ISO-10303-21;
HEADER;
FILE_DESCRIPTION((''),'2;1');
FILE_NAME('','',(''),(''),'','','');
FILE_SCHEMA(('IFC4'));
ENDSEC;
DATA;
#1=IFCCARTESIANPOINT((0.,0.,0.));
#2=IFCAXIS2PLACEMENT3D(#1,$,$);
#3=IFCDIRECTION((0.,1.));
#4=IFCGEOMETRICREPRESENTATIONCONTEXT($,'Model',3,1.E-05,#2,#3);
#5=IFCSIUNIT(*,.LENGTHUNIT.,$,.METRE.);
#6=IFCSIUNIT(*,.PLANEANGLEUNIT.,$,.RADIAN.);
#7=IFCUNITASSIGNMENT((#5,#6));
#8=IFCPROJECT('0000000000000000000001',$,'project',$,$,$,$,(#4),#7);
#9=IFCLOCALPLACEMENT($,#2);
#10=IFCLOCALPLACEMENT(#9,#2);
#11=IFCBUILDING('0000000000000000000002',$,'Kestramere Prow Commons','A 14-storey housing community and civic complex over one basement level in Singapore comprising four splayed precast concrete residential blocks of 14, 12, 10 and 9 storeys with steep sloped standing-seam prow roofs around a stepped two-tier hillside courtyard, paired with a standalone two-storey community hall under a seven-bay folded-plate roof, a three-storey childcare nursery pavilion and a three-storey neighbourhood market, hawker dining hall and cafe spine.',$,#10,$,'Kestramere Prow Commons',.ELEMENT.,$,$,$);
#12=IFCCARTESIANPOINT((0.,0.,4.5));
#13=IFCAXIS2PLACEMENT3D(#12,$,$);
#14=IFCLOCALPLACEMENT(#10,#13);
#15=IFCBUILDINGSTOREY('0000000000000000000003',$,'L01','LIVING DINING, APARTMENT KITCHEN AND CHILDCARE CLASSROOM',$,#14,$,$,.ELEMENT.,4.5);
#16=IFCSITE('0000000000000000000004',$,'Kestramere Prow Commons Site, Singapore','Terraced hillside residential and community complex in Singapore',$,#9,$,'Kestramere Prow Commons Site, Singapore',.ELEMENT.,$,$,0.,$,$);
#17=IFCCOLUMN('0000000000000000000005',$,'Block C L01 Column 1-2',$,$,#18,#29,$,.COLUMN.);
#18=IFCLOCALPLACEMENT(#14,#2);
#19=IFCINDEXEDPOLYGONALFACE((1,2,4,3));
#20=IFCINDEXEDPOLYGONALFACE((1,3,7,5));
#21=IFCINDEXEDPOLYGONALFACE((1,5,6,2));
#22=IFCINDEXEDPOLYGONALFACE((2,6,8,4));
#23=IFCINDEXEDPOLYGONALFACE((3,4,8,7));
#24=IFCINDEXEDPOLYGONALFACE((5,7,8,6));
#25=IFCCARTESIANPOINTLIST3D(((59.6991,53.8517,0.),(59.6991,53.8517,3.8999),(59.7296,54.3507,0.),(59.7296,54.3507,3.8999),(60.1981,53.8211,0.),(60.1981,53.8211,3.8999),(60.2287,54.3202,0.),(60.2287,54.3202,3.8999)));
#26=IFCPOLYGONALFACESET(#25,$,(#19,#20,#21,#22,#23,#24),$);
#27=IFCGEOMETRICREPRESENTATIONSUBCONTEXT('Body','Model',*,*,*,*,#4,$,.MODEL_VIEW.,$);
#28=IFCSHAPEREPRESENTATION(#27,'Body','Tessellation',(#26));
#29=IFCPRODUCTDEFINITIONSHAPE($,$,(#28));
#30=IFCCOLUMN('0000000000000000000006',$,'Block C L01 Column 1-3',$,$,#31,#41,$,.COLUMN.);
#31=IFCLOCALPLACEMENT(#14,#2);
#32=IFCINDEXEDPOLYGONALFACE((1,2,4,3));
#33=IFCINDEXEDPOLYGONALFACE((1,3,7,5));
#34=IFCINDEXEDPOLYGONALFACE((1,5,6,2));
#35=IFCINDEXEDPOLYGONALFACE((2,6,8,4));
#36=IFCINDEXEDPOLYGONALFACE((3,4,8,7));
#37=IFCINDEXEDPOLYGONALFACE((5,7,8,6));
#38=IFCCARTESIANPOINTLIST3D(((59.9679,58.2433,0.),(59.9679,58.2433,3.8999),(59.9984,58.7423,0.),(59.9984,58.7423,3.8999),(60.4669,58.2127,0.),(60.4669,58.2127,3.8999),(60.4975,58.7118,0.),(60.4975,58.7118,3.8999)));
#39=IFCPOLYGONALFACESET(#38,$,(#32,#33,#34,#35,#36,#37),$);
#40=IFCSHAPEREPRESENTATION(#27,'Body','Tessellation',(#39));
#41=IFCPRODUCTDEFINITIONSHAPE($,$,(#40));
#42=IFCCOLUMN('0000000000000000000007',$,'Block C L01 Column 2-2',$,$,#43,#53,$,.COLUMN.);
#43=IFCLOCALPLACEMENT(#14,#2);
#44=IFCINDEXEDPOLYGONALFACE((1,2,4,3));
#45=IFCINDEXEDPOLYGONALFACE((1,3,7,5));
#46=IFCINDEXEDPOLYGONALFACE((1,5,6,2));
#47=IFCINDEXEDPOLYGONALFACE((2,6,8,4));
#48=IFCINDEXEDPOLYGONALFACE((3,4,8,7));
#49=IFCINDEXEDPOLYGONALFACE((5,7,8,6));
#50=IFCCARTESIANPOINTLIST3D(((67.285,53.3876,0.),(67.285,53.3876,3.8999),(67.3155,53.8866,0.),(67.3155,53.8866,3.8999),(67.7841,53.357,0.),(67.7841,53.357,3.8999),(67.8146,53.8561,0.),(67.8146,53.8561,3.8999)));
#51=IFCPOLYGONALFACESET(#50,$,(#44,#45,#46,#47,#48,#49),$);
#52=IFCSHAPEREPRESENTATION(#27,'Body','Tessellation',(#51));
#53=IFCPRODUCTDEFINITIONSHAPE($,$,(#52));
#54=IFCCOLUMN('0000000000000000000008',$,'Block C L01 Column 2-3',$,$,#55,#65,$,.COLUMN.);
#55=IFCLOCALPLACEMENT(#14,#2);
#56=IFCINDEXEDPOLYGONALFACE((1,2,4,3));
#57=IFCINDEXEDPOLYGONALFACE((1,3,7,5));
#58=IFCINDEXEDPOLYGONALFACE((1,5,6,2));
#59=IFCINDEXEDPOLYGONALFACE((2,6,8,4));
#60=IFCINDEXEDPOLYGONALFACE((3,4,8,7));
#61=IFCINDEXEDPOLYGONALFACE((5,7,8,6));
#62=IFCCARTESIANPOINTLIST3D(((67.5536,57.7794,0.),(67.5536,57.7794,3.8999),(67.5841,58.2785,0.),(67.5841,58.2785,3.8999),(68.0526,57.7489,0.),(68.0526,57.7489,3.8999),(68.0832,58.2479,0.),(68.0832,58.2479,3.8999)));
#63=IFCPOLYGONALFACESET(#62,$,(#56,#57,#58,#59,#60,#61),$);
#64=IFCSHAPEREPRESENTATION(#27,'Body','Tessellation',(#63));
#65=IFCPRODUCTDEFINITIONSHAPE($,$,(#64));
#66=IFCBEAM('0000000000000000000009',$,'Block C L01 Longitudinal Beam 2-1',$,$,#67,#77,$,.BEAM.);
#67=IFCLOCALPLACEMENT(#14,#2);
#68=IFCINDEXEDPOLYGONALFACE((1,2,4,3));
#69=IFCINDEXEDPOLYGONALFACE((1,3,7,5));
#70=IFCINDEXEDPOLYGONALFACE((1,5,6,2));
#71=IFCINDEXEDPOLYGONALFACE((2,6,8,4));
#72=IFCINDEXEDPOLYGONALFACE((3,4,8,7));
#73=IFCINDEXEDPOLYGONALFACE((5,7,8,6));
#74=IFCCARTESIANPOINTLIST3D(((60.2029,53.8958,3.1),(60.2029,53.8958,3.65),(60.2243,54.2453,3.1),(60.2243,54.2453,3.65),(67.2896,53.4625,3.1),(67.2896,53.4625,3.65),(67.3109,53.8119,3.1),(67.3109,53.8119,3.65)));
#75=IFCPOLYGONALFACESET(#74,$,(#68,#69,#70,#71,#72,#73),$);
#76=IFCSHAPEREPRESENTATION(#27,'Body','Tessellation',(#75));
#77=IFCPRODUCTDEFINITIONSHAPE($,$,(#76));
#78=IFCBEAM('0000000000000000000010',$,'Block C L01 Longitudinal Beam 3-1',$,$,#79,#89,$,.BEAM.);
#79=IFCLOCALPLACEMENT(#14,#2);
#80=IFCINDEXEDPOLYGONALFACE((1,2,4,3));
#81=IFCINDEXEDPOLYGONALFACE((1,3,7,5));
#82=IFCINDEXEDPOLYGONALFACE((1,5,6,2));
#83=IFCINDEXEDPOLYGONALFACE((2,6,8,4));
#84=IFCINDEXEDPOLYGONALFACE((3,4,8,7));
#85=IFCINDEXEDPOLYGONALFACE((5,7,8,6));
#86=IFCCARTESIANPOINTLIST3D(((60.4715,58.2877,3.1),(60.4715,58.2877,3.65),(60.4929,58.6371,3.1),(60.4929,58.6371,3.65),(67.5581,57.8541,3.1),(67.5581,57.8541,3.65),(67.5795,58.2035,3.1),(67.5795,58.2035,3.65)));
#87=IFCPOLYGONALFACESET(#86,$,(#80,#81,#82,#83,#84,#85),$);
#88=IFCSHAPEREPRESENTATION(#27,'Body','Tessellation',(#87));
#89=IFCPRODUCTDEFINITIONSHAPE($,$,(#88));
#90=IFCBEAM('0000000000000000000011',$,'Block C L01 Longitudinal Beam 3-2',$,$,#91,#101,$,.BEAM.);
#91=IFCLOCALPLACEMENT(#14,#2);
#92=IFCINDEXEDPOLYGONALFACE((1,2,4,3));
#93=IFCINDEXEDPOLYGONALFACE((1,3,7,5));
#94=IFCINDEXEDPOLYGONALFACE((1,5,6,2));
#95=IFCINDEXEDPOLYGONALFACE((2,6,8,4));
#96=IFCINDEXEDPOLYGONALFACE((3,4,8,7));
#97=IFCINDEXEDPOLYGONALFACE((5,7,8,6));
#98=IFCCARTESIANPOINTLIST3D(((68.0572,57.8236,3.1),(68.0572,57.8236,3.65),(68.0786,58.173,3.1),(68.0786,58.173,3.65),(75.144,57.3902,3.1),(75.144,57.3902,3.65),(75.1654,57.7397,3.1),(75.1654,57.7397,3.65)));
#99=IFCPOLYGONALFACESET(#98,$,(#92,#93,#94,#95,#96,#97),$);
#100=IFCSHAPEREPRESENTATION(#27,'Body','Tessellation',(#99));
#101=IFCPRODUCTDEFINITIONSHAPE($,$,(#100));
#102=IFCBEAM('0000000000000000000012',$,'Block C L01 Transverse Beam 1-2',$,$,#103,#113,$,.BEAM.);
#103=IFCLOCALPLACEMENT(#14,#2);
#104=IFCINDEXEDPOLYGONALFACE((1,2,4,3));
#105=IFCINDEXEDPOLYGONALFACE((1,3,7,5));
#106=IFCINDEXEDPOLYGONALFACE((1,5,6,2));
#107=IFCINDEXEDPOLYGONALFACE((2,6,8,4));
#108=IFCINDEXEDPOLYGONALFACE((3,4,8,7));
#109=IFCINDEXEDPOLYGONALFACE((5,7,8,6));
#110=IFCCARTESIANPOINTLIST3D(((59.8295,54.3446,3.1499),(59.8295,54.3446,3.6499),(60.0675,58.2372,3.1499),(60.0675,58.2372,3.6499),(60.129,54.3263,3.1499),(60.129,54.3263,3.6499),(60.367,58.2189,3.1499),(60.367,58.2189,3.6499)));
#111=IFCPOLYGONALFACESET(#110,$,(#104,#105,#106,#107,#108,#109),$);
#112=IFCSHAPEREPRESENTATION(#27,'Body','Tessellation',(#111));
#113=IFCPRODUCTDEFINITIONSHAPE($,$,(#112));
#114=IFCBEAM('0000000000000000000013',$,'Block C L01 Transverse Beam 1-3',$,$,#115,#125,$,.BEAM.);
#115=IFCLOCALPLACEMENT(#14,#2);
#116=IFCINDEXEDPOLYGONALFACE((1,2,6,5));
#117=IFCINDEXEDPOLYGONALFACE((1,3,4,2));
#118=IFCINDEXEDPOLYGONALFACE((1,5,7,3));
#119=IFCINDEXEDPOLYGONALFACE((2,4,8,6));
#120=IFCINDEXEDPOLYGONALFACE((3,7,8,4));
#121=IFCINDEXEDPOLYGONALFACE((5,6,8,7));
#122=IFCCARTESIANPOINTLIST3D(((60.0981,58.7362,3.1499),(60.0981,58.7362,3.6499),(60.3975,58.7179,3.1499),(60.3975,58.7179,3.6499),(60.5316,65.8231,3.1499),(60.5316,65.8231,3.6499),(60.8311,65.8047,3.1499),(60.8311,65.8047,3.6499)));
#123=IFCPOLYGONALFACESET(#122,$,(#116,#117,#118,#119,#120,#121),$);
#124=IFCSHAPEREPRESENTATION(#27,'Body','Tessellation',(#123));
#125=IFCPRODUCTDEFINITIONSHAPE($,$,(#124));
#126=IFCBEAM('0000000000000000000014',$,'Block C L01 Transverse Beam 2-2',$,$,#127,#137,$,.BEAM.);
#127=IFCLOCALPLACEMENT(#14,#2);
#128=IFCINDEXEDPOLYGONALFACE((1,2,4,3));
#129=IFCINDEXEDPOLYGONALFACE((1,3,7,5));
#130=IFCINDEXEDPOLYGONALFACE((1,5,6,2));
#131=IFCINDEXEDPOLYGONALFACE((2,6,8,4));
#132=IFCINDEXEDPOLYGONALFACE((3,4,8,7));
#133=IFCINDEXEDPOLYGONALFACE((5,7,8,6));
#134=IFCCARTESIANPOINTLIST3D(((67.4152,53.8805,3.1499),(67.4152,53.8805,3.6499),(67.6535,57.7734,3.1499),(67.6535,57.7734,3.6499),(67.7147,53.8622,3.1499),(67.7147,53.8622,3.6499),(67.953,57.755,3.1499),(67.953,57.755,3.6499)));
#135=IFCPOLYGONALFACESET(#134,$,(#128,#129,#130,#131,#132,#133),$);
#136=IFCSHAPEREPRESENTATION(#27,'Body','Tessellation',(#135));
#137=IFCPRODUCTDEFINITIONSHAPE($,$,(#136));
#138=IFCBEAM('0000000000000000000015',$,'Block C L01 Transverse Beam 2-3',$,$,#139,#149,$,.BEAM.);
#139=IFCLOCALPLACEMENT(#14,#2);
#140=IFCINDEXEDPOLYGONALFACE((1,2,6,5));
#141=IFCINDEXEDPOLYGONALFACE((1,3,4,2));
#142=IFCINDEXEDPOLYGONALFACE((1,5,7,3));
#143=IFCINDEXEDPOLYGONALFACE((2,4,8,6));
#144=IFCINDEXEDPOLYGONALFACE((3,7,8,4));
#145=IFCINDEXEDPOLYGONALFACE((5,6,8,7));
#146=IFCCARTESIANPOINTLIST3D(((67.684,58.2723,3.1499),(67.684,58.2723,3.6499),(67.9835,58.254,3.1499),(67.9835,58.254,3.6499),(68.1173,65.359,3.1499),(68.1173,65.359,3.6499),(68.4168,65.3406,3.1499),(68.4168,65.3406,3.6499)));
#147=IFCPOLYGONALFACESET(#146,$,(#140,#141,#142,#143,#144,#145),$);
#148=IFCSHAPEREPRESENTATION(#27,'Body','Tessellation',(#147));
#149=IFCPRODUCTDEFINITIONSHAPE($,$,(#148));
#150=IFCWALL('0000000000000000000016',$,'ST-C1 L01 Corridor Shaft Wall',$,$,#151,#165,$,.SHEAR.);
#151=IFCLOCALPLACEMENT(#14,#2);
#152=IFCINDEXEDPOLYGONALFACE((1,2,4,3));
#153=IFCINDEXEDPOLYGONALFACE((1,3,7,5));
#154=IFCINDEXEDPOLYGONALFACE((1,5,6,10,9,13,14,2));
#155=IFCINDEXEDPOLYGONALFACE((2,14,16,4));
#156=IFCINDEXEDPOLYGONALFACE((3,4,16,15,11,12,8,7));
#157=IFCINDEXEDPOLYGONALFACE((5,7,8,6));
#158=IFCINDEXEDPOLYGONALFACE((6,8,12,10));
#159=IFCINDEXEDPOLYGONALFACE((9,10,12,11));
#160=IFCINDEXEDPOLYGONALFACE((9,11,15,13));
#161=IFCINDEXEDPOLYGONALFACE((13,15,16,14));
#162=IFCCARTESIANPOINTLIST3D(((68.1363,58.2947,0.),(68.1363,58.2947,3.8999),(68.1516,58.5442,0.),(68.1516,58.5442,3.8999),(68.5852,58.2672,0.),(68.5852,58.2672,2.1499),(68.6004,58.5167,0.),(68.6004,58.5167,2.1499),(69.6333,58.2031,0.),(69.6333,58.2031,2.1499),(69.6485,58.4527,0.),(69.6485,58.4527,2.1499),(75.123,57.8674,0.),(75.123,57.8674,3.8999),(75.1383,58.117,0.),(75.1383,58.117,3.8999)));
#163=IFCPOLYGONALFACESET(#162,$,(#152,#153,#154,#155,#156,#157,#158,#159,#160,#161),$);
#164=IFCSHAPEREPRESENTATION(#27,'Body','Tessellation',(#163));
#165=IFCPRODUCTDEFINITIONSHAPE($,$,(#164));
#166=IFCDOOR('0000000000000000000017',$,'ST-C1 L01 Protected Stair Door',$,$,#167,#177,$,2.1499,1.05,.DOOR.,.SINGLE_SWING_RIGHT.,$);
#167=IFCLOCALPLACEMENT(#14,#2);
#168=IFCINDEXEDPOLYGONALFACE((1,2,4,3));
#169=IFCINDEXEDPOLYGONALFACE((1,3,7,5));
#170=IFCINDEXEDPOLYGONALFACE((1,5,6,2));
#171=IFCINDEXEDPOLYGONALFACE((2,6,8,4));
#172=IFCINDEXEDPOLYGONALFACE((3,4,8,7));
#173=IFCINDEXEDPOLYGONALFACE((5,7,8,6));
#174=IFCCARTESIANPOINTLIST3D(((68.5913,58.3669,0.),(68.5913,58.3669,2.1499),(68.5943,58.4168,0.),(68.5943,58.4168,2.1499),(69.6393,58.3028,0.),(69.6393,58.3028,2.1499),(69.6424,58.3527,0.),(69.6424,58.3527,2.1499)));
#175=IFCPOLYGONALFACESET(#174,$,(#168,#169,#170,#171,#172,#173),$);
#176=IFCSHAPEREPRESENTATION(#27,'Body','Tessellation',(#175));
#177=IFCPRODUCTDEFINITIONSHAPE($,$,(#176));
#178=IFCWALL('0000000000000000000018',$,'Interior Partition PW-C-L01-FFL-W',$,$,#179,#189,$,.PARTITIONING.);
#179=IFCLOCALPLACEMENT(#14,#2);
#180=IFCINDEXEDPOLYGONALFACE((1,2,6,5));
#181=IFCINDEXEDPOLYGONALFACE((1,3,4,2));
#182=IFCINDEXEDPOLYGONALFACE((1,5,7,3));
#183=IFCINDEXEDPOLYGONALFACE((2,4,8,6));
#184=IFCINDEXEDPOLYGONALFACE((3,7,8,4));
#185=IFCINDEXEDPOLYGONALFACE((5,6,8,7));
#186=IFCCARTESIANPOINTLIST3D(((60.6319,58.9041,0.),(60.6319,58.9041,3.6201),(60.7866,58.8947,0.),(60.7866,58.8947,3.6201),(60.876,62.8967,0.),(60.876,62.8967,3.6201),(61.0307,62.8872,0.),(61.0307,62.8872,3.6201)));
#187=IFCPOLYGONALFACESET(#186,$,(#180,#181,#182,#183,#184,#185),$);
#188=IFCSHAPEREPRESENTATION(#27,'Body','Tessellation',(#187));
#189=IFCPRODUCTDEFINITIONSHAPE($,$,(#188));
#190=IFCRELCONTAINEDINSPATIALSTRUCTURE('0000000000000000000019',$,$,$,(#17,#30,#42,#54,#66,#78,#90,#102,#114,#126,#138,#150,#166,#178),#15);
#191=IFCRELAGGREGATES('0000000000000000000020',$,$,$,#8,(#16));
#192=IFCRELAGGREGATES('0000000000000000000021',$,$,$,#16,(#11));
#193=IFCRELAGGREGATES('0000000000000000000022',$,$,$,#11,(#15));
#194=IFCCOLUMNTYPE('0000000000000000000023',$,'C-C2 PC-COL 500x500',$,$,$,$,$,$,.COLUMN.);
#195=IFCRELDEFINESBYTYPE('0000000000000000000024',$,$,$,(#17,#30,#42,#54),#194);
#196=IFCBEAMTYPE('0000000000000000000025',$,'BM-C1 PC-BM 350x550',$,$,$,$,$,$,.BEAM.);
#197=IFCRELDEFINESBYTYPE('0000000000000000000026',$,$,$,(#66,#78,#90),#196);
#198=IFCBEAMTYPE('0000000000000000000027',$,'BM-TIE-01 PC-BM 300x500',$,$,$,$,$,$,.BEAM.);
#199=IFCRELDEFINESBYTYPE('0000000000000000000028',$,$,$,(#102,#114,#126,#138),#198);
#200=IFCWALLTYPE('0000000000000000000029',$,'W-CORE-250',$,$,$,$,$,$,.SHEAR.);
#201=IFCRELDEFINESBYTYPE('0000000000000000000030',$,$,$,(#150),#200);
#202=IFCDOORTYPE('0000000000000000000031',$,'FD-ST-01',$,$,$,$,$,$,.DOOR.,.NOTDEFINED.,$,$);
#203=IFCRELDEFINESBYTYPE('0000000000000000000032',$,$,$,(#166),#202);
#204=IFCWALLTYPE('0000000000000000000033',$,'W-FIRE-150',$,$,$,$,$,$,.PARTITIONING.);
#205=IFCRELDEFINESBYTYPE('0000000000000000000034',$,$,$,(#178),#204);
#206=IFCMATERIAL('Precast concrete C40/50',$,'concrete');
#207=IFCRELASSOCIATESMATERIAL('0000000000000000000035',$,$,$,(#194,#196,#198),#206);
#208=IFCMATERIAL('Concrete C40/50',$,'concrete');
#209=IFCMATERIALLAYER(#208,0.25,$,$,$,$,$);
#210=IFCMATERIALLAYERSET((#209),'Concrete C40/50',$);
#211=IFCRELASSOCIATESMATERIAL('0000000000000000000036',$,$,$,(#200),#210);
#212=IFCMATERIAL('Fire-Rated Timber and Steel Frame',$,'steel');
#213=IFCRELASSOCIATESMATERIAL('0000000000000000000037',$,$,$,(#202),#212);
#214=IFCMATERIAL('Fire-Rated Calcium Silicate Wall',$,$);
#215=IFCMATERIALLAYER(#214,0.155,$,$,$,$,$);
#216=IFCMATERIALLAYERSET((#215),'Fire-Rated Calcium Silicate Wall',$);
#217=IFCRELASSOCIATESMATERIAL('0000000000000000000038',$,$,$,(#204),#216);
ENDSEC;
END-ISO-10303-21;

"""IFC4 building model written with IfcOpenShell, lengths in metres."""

from ifc_helpers import new_model, si_unit, direction, frame, frame_2d, origin, origin_2d, place, context, subcontext, project, spatial, rectangle, extrude, material, layer, layer_set, material_profile, profile_set, type_object, element, fill, save


model = new_model("IFC4")

# Units and contexts
model_context = context("Model", 3, precision=1e-05, world=origin(), true_north=direction((0.0, 1.0)))
body_context = subcontext(model_context, "Body", "Model", "MODEL_VIEW")
ifc_project = project(units=[si_unit("LENGTHUNIT", "METRE"), si_unit("PLANEANGLEUNIT", "RADIAN")], contexts=[model_context])

# Site, building, storey
site_placement = place(None, origin())
site = spatial("IfcSite", under=ifc_project, at=site_placement, Name="Kestramere Prow Commons Site, Singapore", Description="Terraced hillside residential and community complex in Singapore", LongName="Kestramere Prow Commons Site, Singapore", CompositionType="ELEMENT", RefElevation=0.0)
building_placement = place(site_placement, origin())
building = spatial("IfcBuilding", under=site, at=building_placement, Name="Kestramere Prow Commons", Description="A 14-storey housing community and civic complex over one basement level in Singapore comprising four splayed precast concrete residential blocks of 14, 12, 10 and 9 storeys with steep sloped standing-seam prow roofs around a stepped two-tier hillside courtyard, paired with a standalone two-storey community hall under a seven-bay folded-plate roof, a three-storey childcare nursery pavilion and a three-storey neighbourhood market, hawker dining hall and cafe spine.", LongName="Kestramere Prow Commons", CompositionType="ELEMENT")
storey_placement = place(building_placement, frame((0.0, 0.0, 4.5)))
storey = spatial("IfcBuildingStorey", under=building, at=storey_placement, Name="L01", Description="LIVING DINING, APARTMENT KITCHEN AND CHILDCARE CLASSROOM", CompositionType="ELEMENT", Elevation=4.5)

# Columns
ifc_material_1 = material(Name="Precast concrete C40/50", Category="concrete")
ifc_material_profile_1 = material_profile(ifc_material_1, rectangle(XDim=0.5, YDim=0.5, at=origin_2d()), Name="PC-COL 500x500")
ifc_profile_set_1 = profile_set([ifc_material_profile_1], Name="Precast concrete C40/50")
column_type = type_object("IfcColumnType", Name="C-C2 PC-COL 500x500", PredefinedType="COLUMN", material=ifc_profile_set_1)
for number, where, z_axis, x_axis, name in (
    (1, (59.9639, 54.0859, 0.0), (0.0, 0.0, 1.0), (0.998135, -0.061049, 0.0), "Block C L01 Column 1-2"),
    (2, (60.2327, 58.4775, 0.0), (0.0, 0.0, 1.0), (0.998135, -0.061049, 0.0), "Block C L01 Column 1-3"),
    (3, (67.5498, 53.6218, 0.0), (0.0, 0.0, 1.0), (0.998135, -0.061049, 0.0), "Block C L01 Column 2-2"),
    (4, (67.8184, 58.0137, 0.0), (0.0, 0.0, 1.0), (0.998135, -0.061049, 0.0), "Block C L01 Column 2-3"),
):
    element("IfcColumn", number, at=place(storey_placement, frame(where, z_axis=z_axis, x_axis=x_axis)), inside=storey, type_object=column_type, Name=name, PredefinedType="COLUMN", context=body_context, shape_type="SweptSolid", body=[
        extrude(rectangle(XDim=0.5, YDim=0.5, at=origin_2d()), origin(), (0.0, 0.0, 1.0), 3.8999),
    ])

# Beams
ifc_material_profile_2 = material_profile(ifc_material_1, rectangle(XDim=0.3501, YDim=0.55, at=origin_2d()), Name="PC-BM 350x550")
ifc_profile_set_2 = profile_set([ifc_material_profile_2], Name="Precast concrete C40/50")
beam_type_1 = type_object("IfcBeamType", Name="BM-C1 PC-BM 350x550", PredefinedType="BEAM", material=ifc_profile_set_2)
for number, where, z_axis, x_axis, name in (
    (5, (60.2136, 54.0706, 3.375), (0.998136, -0.061036, 0.0), (0.061036, 0.998136, 0.0), "Block C L01 Longitudinal Beam 2-1"),
    (6, (60.4822, 58.4624, 3.375), (0.998133, -0.06107, 0.0), (0.06107, 0.998133, 0.0), "Block C L01 Longitudinal Beam 3-1"),
):
    element("IfcBeam", number, at=place(storey_placement, frame(where, z_axis=z_axis, x_axis=x_axis)), inside=storey, type_object=beam_type_1, Name=name, PredefinedType="BEAM", context=body_context, shape_type="SweptSolid", body=[
        extrude(rectangle(XDim=0.3501, YDim=0.55, at=origin_2d()), origin(), (0.0, 0.0, 1.0), 7.0999),
    ])
beam_1_placement = place(storey_placement, frame((68.0679, 57.9983, 3.375), z_axis=(0.998136, -0.061034, 0.0), x_axis=(0.061034, 0.998136, 0.0)))
element("IfcBeam", 7, at=beam_1_placement, inside=storey, type_object=beam_type_1, Name="Block C L01 Longitudinal Beam 3-2", PredefinedType="BEAM", context=body_context, shape_type="SweptSolid", body=[
    extrude(rectangle(XDim=0.3501, YDim=0.55, at=origin_2d()), origin(), (0.0, 0.0, 1.0), 7.1001),
])
ifc_material_profile_3 = material_profile(ifc_material_1, rectangle(XDim=0.3, YDim=0.5, at=origin_2d()), Name="PC-BM 300x500")
ifc_profile_set_3 = profile_set([ifc_material_profile_3], Name="Precast concrete C40/50")
beam_type_2 = type_object("IfcBeamType", Name="BM-TIE-01 PC-BM 300x500", PredefinedType="BEAM", material=ifc_profile_set_3)
beam_2_placement = place(storey_placement, frame((59.9792, 54.3354, 3.3999), z_axis=(0.061038, 0.998135, 0.0), x_axis=(-0.998135, 0.061038, 0.0)))
element("IfcBeam", 8, at=beam_2_placement, inside=storey, type_object=beam_type_2, Name="Block C L01 Transverse Beam 1-2", PredefinedType="BEAM", context=body_context, shape_type="SweptSolid", body=[
    extrude(rectangle(XDim=0.3, YDim=0.5, at=origin_2d()), origin(), (0.0, 0.0, 1.0), 3.8999),
])
beam_3_placement = place(storey_placement, frame((60.2478, 58.7271, 3.3999), z_axis=(0.061068, 0.998134, 0.0), x_axis=(-0.998134, 0.061068, 0.0)))
element("IfcBeam", 9, at=beam_3_placement, inside=storey, type_object=beam_type_2, Name="Block C L01 Transverse Beam 1-3", PredefinedType="BEAM", context=body_context, shape_type="SweptSolid", body=[
    extrude(rectangle(XDim=0.3, YDim=0.5, at=origin_2d()), origin(), (0.0, 0.0, 1.0), 7.1001),
])
beam_4_placement = place(storey_placement, frame((67.5649, 53.8713, 3.3999), z_axis=(0.061096, 0.998132, 0.0), x_axis=(-0.998132, 0.061096, 0.0)))
element("IfcBeam", 10, at=beam_4_placement, inside=storey, type_object=beam_type_2, Name="Block C L01 Transverse Beam 2-2", PredefinedType="BEAM", context=body_context, shape_type="SweptSolid", body=[
    extrude(rectangle(XDim=0.3, YDim=0.5, at=origin_2d()), origin(), (0.0, 0.0, 1.0), 3.9001),
])
beam_5_placement = place(storey_placement, frame((67.8337, 58.2632, 3.3999), z_axis=(0.061036, 0.998136, 0.0), x_axis=(-0.998136, 0.061036, 0.0)))
element("IfcBeam", 11, at=beam_5_placement, inside=storey, type_object=beam_type_2, Name="Block C L01 Transverse Beam 2-3", PredefinedType="BEAM", context=body_context, shape_type="SweptSolid", body=[
    extrude(rectangle(XDim=0.3, YDim=0.5, at=origin_2d()), origin(), (0.0, 0.0, 1.0), 7.0999),
])

# Wall, opening, door
ifc_material_2 = material(Name="Concrete C40/50", Category="concrete")
ifc_layer_1 = layer(ifc_material_2, 0.25)
ifc_layer_set_1 = layer_set([ifc_layer_1], Name="Concrete C40/50")
wall_type_1 = type_object("IfcWallType", Name="W-CORE-250", PredefinedType="SHEAR", material=ifc_layer_set_1)
wall_1_placement = place(storey_placement, frame((68.1438, 58.4194, 0.0), z_axis=(0.0, 0.0, 1.0), x_axis=(0.998136, -0.061036, 0.0)))
wall_1 = element("IfcWall", 12, at=wall_1_placement, inside=storey, type_object=wall_type_1, Name="ST-C1 L01 Corridor Shaft Wall", PredefinedType="SHEAR", context=body_context, shape_type="SweptSolid", body=[
    extrude(rectangle(XDim=6.9998, YDim=0.25, at=frame_2d((3.5, 0.0))), origin(), (0.0, 0.0, 1.0), 3.8999),
])
opening_1_placement = place(wall_1_placement, frame((0.45, 0.0, 0.0)))
opening_1 = element("IfcOpeningElement", 13, at=opening_1_placement, cuts=wall_1, PredefinedType="OPENING", context=body_context, shape_type="SweptSolid", body=[
    extrude(rectangle(XDim=1.05, YDim=2.1499, at=frame_2d((0.5249, 1.075))), frame((0.0, 0.1399, 0.0), z_axis=(0.0, -1.0, 0.0), x_axis=(1.0, 0.0, 0.0)), (0.0, 0.0, 1.0), 0.28),
])
ifc_material_3 = material(Name="Fire-Rated Timber and Steel Frame", Category="steel")
door_type_1 = type_object("IfcDoorType", Name="FD-ST-01", OperationType="NOTDEFINED", PredefinedType="DOOR", material=ifc_material_3)
door_1_placement = place(opening_1_placement, origin())
door_1 = element("IfcDoor", 14, at=door_1_placement, inside=storey, type_object=door_type_1, Name="ST-C1 L01 Protected Stair Door", OperationType="SINGLE_SWING_RIGHT", OverallHeight=2.1499, OverallWidth=1.05, PredefinedType="DOOR", context=body_context, shape_type="SweptSolid", body=[
    extrude(rectangle(XDim=1.05, YDim=2.1499, at=frame_2d((0.5249, 1.075))), frame((0.0, 0.0249, 0.0), z_axis=(0.0, -1.0, 0.0), x_axis=(1.0, 0.0, 0.0)), (0.0, 0.0, 1.0), 0.05),
])
fill(opening_1, door_1)
ifc_material_4 = material(Name="Fire-Rated Calcium Silicate Wall")
ifc_layer_2 = layer(ifc_material_4, 0.155)
ifc_layer_set_2 = layer_set([ifc_layer_2], Name="Fire-Rated Calcium Silicate Wall")
wall_type_2 = type_object("IfcWallType", Name="W-FIRE-150", PredefinedType="PARTITIONING", material=ifc_layer_set_2)

# Wall
wall_2_placement = place(storey_placement, frame((60.7092, 58.8994, 0.0), z_axis=(0.0, 0.0, 1.0), x_axis=(0.061037, 0.998136, 0.0)))
element("IfcWall", 15, at=wall_2_placement, inside=storey, type_object=wall_type_2, Name="Interior Partition PW-C-L01-FFL-W", PredefinedType="PARTITIONING", context=body_context, shape_type="SweptSolid", body=[
    extrude(rectangle(XDim=4.0, YDim=0.155, at=frame_2d((2.0, 0.0))), origin(), (0.0, 0.0, 1.0), 3.6201),
])

save(model, "model.ifc")
